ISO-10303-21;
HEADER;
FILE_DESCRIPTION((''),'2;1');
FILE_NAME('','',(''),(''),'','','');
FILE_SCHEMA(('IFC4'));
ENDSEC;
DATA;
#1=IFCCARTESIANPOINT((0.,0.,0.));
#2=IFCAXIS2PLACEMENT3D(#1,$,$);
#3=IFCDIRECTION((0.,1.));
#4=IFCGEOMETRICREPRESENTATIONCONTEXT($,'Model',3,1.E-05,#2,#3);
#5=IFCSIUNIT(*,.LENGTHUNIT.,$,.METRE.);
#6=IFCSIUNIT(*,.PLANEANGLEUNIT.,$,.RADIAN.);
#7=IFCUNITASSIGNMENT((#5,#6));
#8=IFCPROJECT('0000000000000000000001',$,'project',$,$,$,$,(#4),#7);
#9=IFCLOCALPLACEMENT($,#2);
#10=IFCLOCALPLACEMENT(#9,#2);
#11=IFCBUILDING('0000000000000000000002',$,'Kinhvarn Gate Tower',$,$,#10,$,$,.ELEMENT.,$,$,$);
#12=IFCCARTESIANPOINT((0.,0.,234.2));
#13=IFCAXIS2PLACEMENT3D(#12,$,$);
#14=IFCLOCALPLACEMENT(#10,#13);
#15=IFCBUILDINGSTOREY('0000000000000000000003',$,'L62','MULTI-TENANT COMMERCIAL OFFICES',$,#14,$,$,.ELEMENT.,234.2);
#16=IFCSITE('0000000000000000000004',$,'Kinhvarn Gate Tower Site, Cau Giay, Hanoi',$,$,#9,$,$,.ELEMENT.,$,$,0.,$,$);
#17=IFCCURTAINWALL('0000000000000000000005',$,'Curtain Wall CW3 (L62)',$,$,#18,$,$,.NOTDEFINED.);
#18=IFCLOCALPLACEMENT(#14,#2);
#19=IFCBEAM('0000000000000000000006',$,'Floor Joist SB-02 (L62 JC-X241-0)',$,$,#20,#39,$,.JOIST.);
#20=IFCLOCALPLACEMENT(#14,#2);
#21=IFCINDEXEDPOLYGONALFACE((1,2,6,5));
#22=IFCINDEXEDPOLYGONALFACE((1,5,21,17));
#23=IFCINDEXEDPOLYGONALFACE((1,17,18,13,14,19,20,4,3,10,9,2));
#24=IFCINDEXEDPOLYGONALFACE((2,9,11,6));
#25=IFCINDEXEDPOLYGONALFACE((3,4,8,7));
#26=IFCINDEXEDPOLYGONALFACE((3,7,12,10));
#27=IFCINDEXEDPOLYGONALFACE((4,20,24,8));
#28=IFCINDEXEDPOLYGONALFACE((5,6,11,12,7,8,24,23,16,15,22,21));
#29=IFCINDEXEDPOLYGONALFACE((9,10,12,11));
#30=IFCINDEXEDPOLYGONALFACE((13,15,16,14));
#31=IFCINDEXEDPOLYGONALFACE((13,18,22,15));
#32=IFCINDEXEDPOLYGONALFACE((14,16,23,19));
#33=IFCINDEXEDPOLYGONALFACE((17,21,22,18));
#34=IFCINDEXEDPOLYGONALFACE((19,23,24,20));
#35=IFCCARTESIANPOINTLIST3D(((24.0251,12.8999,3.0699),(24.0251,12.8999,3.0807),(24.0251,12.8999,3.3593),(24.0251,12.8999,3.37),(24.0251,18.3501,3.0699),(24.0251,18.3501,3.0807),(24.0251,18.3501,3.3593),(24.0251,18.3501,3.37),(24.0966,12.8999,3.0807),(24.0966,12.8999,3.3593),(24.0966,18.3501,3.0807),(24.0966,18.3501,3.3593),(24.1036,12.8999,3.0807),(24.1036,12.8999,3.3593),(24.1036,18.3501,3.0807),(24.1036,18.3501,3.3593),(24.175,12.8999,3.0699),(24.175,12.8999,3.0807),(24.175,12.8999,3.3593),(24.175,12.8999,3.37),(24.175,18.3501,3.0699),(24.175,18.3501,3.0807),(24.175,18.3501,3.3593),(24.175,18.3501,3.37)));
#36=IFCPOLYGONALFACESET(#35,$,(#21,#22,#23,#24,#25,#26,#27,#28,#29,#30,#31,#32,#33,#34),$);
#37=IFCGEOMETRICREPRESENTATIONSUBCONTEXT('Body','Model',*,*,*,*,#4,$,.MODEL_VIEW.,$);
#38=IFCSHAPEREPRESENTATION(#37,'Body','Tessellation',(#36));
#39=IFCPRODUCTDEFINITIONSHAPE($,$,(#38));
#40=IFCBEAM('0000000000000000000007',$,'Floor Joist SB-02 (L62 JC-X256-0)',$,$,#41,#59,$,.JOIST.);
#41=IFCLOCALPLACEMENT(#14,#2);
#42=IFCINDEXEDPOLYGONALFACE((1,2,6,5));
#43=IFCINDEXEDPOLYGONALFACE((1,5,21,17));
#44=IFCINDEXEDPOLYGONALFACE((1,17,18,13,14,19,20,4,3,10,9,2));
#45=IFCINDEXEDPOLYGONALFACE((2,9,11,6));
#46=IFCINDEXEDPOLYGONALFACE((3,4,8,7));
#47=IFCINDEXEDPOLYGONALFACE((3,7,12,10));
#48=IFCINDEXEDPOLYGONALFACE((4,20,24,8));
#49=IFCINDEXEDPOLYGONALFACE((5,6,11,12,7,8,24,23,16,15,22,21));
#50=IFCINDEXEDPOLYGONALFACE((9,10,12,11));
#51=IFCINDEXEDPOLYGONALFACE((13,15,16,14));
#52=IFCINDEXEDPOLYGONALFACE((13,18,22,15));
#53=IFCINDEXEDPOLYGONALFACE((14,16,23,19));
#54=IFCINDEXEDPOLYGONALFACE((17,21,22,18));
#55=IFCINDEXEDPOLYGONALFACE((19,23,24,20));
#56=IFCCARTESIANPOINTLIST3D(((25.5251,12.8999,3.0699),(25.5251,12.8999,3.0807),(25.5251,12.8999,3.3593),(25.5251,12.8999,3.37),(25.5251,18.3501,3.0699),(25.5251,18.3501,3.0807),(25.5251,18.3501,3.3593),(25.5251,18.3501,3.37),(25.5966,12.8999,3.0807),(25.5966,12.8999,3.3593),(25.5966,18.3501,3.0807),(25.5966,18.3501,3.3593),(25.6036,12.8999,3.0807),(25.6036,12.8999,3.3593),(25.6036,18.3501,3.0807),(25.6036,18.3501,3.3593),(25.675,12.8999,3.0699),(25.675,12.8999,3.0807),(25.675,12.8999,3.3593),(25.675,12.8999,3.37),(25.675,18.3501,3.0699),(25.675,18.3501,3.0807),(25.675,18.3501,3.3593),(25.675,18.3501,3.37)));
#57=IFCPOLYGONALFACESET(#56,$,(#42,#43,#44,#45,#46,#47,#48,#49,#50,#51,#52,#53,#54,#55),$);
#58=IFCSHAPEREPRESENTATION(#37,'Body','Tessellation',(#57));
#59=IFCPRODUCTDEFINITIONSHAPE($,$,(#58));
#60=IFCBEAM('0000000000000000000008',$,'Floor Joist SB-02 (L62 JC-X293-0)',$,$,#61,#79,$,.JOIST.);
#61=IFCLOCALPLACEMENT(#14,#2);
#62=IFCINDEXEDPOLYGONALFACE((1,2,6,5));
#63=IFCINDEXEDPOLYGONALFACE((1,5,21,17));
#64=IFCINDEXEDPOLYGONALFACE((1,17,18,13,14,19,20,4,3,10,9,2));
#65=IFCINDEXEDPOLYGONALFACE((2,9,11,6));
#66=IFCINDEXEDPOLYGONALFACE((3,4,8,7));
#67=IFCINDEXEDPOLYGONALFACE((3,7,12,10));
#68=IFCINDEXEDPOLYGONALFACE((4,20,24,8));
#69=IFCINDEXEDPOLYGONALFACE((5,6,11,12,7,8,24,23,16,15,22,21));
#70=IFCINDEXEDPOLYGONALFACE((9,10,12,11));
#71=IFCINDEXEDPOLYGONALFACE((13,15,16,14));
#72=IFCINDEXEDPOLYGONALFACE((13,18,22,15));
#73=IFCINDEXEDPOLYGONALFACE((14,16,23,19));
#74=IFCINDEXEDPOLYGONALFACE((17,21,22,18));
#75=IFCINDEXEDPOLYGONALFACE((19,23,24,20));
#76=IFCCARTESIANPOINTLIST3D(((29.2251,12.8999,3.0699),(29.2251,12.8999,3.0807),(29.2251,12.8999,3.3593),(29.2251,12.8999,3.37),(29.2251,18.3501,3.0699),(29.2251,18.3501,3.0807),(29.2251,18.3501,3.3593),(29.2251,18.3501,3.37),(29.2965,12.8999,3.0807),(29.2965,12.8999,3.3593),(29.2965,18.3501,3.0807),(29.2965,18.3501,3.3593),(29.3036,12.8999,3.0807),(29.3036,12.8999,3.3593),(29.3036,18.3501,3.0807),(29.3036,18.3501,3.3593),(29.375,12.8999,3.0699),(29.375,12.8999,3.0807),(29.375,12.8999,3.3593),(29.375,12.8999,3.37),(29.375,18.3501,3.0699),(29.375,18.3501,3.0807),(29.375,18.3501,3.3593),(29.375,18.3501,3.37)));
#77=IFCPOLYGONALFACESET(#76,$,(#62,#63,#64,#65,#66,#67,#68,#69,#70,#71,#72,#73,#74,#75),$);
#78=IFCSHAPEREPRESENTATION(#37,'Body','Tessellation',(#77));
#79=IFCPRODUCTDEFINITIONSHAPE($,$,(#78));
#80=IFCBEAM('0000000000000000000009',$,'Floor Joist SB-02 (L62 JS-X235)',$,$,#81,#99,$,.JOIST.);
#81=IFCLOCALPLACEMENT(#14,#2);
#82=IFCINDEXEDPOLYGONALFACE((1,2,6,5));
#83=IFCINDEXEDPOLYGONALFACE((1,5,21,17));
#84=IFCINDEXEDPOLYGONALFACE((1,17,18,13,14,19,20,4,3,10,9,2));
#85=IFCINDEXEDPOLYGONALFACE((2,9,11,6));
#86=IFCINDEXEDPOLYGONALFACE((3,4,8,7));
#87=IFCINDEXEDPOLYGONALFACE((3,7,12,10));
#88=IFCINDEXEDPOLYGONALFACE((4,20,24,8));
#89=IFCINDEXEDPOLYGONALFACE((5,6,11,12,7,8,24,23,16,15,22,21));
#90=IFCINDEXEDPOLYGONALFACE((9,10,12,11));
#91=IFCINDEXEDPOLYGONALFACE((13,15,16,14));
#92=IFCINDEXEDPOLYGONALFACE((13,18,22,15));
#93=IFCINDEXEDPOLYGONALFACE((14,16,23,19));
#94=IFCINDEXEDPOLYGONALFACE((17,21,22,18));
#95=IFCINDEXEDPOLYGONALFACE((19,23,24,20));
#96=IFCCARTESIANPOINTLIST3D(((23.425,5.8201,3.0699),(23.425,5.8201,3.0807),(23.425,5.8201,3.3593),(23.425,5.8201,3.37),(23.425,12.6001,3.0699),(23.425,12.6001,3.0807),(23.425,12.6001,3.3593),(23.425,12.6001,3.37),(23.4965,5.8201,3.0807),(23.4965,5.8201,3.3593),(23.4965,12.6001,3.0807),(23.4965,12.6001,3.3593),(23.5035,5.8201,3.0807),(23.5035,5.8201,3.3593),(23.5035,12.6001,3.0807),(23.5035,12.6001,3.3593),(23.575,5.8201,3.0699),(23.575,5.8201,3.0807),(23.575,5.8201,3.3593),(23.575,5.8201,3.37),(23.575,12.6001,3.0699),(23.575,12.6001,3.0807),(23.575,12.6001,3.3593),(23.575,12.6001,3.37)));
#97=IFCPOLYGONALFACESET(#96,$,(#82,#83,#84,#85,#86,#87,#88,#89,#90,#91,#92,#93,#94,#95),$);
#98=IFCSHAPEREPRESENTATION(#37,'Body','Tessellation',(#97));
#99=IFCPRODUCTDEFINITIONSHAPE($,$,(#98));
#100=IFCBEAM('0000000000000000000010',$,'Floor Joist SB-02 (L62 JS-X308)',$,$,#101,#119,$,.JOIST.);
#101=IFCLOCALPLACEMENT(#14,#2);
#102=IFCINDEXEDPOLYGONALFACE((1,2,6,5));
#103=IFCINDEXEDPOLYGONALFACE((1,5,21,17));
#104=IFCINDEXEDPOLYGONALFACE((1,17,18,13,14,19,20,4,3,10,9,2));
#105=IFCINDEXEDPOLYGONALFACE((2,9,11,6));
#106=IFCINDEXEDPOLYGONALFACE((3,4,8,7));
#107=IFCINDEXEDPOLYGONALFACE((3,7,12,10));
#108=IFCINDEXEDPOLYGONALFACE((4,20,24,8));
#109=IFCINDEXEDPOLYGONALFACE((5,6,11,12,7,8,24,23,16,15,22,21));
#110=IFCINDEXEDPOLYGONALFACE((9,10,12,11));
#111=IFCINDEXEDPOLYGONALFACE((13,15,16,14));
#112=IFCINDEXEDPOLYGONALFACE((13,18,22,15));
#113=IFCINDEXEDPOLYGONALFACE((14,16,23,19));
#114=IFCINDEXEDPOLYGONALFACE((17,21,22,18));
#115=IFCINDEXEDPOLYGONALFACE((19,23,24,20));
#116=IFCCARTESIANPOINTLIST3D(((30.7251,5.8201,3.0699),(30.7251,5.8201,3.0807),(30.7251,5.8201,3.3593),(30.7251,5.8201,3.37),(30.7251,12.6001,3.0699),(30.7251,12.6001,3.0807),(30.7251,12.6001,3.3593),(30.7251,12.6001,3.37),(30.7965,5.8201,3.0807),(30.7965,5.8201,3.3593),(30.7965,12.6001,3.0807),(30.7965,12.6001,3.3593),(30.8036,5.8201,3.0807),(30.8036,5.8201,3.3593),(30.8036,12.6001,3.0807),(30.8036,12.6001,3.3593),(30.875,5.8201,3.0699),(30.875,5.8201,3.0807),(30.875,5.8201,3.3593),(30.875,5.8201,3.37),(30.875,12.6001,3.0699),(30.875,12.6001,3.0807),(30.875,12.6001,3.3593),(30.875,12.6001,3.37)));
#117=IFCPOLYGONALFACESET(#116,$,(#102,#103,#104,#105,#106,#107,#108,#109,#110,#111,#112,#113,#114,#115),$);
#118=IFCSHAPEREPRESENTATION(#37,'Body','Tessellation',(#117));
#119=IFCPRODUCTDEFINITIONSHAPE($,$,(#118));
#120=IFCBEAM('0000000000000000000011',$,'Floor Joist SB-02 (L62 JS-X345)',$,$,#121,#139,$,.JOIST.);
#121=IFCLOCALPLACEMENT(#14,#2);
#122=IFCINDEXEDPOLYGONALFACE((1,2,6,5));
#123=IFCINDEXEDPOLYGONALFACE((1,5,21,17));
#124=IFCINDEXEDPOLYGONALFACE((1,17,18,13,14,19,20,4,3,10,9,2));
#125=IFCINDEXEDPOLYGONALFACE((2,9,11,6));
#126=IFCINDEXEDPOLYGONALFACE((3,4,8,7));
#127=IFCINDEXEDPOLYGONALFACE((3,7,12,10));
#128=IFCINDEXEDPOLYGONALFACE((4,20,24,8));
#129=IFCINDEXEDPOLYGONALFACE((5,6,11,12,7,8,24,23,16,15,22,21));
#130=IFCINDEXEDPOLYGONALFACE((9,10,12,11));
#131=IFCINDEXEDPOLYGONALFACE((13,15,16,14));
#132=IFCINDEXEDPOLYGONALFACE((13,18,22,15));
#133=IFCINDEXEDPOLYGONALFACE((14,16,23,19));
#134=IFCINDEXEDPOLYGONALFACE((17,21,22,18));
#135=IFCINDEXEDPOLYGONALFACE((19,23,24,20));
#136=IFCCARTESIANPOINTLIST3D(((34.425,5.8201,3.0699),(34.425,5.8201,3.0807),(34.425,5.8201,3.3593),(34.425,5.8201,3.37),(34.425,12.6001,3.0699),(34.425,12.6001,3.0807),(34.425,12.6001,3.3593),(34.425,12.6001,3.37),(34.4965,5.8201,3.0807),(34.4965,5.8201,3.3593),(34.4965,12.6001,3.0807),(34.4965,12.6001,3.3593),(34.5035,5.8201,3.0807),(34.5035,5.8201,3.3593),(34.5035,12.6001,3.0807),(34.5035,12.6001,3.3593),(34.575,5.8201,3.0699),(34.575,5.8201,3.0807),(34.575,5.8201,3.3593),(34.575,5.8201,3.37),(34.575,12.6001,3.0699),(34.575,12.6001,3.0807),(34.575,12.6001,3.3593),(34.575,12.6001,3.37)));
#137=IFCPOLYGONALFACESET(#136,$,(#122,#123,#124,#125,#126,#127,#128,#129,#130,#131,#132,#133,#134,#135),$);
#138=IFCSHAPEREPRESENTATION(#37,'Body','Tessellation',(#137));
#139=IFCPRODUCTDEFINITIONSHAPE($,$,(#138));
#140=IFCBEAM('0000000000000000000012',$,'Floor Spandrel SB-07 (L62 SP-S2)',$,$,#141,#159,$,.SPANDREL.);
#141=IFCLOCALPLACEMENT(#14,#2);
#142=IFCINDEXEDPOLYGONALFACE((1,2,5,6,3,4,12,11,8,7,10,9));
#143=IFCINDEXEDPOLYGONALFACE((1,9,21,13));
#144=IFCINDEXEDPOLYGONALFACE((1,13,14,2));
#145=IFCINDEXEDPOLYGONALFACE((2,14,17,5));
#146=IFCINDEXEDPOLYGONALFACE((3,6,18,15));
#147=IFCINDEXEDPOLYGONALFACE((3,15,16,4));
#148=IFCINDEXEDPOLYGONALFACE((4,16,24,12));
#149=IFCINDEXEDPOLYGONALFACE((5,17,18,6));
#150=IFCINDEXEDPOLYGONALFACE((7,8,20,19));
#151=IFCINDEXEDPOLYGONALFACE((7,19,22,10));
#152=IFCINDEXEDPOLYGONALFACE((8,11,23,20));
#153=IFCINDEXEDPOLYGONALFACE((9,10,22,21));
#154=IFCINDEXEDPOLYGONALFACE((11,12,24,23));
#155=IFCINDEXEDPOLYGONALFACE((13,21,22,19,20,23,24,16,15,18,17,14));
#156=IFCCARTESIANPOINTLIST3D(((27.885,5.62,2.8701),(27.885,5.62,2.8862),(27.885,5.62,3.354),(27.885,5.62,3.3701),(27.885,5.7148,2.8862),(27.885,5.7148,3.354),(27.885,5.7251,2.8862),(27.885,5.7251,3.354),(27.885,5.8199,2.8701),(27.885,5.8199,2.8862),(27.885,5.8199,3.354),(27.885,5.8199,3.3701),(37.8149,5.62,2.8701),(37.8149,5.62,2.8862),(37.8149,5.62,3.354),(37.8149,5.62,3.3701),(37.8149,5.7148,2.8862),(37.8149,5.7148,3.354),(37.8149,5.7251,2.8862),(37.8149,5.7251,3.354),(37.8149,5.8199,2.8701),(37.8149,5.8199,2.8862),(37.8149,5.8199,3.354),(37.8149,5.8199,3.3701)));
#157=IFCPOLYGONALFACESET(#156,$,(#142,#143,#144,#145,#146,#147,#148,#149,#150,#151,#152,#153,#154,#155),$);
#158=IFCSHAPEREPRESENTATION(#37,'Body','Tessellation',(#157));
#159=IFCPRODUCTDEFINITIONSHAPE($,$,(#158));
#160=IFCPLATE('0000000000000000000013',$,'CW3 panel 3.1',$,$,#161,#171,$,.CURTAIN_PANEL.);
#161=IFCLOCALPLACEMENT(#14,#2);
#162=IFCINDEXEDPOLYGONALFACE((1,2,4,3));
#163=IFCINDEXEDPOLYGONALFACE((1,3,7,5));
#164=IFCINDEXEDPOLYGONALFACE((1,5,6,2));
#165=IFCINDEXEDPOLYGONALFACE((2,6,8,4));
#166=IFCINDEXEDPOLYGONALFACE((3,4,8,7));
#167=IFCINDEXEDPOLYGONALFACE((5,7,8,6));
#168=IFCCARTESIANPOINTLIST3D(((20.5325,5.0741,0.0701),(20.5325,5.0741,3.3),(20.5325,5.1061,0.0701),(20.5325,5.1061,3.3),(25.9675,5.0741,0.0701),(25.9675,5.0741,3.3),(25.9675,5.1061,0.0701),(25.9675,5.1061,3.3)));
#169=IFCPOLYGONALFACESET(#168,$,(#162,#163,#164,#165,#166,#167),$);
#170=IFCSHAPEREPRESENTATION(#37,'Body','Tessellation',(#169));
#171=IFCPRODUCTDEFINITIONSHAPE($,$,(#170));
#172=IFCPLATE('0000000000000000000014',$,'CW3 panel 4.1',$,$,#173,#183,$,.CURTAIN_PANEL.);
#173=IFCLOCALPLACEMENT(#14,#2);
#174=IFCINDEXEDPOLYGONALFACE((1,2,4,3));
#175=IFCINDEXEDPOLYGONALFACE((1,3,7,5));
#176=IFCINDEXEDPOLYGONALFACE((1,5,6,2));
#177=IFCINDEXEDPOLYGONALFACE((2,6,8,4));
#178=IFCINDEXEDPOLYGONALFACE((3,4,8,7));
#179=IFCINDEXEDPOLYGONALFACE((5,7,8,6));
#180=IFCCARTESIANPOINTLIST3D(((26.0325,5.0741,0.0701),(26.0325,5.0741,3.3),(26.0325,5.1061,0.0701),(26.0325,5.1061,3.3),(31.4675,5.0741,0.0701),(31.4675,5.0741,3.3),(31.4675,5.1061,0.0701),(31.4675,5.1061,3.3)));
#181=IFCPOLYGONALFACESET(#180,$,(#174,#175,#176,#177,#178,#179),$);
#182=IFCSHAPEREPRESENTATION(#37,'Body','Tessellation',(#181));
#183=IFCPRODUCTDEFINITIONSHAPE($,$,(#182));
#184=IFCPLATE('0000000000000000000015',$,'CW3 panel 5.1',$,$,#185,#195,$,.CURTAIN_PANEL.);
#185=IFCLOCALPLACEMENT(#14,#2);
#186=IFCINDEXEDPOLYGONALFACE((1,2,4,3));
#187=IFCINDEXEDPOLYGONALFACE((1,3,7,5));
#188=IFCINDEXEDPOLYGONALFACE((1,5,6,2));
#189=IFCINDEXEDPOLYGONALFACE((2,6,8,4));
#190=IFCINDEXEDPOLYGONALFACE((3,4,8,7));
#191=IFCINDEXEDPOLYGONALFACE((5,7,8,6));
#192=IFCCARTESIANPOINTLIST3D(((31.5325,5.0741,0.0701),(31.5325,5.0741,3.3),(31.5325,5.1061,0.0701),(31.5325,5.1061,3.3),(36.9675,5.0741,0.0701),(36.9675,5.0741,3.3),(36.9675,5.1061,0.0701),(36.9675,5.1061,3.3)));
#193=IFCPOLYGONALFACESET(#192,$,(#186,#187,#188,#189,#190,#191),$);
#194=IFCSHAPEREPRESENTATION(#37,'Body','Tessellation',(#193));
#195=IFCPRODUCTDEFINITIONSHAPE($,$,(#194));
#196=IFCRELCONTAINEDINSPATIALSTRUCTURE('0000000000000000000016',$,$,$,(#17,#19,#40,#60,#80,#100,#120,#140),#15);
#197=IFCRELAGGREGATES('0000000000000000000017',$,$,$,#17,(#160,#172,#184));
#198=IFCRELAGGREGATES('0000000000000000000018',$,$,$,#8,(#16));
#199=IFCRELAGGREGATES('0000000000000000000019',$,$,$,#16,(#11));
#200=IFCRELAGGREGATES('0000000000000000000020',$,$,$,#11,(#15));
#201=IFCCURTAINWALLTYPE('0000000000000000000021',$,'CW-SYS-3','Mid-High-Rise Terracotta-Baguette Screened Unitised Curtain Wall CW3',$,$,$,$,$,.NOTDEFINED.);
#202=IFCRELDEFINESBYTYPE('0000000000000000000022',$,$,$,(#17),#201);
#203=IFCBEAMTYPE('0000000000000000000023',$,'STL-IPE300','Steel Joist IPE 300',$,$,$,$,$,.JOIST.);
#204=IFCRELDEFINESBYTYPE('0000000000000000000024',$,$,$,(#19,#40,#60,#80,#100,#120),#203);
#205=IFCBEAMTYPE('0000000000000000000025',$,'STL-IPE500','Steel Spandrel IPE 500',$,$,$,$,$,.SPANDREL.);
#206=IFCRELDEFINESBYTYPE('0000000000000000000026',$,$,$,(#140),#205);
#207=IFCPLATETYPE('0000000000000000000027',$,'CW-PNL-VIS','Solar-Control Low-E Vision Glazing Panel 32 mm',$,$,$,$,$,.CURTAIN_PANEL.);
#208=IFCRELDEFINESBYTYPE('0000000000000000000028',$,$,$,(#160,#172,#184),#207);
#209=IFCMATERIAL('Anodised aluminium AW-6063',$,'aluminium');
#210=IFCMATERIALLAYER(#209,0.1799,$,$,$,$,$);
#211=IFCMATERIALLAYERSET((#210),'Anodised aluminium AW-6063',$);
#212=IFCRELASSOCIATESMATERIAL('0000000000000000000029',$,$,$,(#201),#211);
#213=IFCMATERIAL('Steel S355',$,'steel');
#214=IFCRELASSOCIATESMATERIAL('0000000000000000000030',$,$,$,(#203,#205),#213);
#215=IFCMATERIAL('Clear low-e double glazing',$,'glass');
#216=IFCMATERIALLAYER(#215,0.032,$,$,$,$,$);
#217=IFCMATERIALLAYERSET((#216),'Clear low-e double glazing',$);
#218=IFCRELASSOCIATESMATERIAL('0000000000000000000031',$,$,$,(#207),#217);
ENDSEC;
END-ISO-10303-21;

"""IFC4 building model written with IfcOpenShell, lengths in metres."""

from ifc_helpers import new_model, si_unit, direction, frame, origin, origin_2d, place, context, subcontext, project, spatial, rectangle, i_section, extrude, material, layer, layer_set, material_profile, profile_set, type_object, element, aggregate, save


model = new_model("IFC4")

# Units and contexts
model_context = context("Model", 3, precision=1e-05, world=origin(), true_north=direction((0.0, 1.0)))
body_context = subcontext(model_context, "Body", "Model", "MODEL_VIEW")
ifc_project = project(units=[si_unit("LENGTHUNIT", "METRE"), si_unit("PLANEANGLEUNIT", "RADIAN")], contexts=[model_context])

# Site, building, storey
site_placement = place(None, origin())
site = spatial("IfcSite", under=ifc_project, at=site_placement, Name="Kinhvarn Gate Tower Site, Cau Giay, Hanoi", CompositionType="ELEMENT", RefElevation=0.0)
building_placement = place(site_placement, origin())
building = spatial("IfcBuilding", under=site, at=building_placement, Name="Kinhvarn Gate Tower", CompositionType="ELEMENT")
storey_placement = place(building_placement, frame((0.0, 0.0, 234.2)))
storey = spatial("IfcBuildingStorey", under=building, at=storey_placement, Name="L62", Description="MULTI-TENANT COMMERCIAL OFFICES", CompositionType="ELEMENT", Elevation=234.2)

# Curtain wall
ifc_material_1 = material(Name="Anodised aluminium AW-6063", Category="aluminium")
ifc_layer_1 = layer(ifc_material_1, 0.1799)
ifc_layer_set_1 = layer_set([ifc_layer_1], Name="Anodised aluminium AW-6063")
curtain_wall_type = type_object("IfcCurtainWallType", Name="CW-SYS-3", Description="Mid-High-Rise Terracotta-Baguette Screened Unitised Curtain Wall CW3", PredefinedType="NOTDEFINED", material=ifc_layer_set_1)
curtain_wall_placement = place(storey_placement, origin())
curtain_wall = element("IfcCurtainWall", 1, at=curtain_wall_placement, inside=storey, type_object=curtain_wall_type, Name="Curtain Wall CW3 (L62)", PredefinedType="NOTDEFINED")

# Beams
ifc_material_2 = material(Name="Steel S355", Category="steel")
ifc_material_profile_1 = material_profile(ifc_material_2, i_section(OverallWidth=0.1499, OverallDepth=0.3, WebThickness=0.0071, FlangeThickness=0.0107, at=origin_2d()), Name="IPE 300")
ifc_profile_set_1 = profile_set([ifc_material_profile_1], Name="Steel S355")
beam_type_1 = type_object("IfcBeamType", Name="STL-IPE300", Description="Steel Joist IPE 300", PredefinedType="JOIST", material=ifc_profile_set_1)
for number, where, z_axis, x_axis, name in (
    (2, (24.1001, 12.8999, 3.22), (0.0, 1.0, 0.0), (-1.0, 0.0, 0.0), "Floor Joist SB-02 (L62 JC-X241-0)"),
    (3, (25.6001, 12.8999, 3.22), (0.0, 1.0, 0.0), (-1.0, 0.0, 0.0), "Floor Joist SB-02 (L62 JC-X256-0)"),
    (4, (29.3, 12.8999, 3.22), (0.0, 1.0, 0.0), (-1.0, 0.0, 0.0), "Floor Joist SB-02 (L62 JC-X293-0)"),
):
    element("IfcBeam", number, at=place(storey_placement, frame(where, z_axis=z_axis, x_axis=x_axis)), inside=storey, type_object=beam_type_1, Name=name, PredefinedType="JOIST", context=body_context, shape_type="SweptSolid", body=[
        extrude(i_section(OverallWidth=0.1499, OverallDepth=0.3, WebThickness=0.0071, FlangeThickness=0.0107, at=origin_2d()), origin(), (0.0, 0.0, 1.0), 5.4502),
    ])
for number, where, z_axis, x_axis, name in (
    (5, (23.5, 5.8201, 3.22), (0.0, 1.0, 0.0), (-1.0, 0.0, 0.0), "Floor Joist SB-02 (L62 JS-X235)"),
    (6, (30.8, 5.8201, 3.22), (0.0, 1.0, 0.0), (-1.0, 0.0, 0.0), "Floor Joist SB-02 (L62 JS-X308)"),
    (7, (34.5, 5.8201, 3.22), (0.0, 1.0, 0.0), (-1.0, 0.0, 0.0), "Floor Joist SB-02 (L62 JS-X345)"),
):
    element("IfcBeam", number, at=place(storey_placement, frame(where, z_axis=z_axis, x_axis=x_axis)), inside=storey, type_object=beam_type_1, Name=name, PredefinedType="JOIST", context=body_context, shape_type="SweptSolid", body=[
        extrude(i_section(OverallWidth=0.1499, OverallDepth=0.3, WebThickness=0.0071, FlangeThickness=0.0107, at=origin_2d()), origin(), (0.0, 0.0, 1.0), 6.78),
    ])
ifc_material_profile_2 = material_profile(ifc_material_2, i_section(OverallWidth=0.2, OverallDepth=0.5, WebThickness=0.0103, FlangeThickness=0.0161, at=origin_2d()), Name="IPE 500")
ifc_profile_set_2 = profile_set([ifc_material_profile_2], Name="Steel S355")
beam_type_2 = type_object("IfcBeamType", Name="STL-IPE500", Description="Steel Spandrel IPE 500", PredefinedType="SPANDREL", material=ifc_profile_set_2)
beam_1_placement = place(storey_placement, frame((27.885, 5.72, 3.1201), z_axis=(1.0, 0.0, 0.0), x_axis=(0.0, 1.0, 0.0)))
element("IfcBeam", 8, at=beam_1_placement, inside=storey, type_object=beam_type_2, Name="Floor Spandrel SB-07 (L62 SP-S2)", PredefinedType="SPANDREL", context=body_context, shape_type="SweptSolid", body=[
    extrude(i_section(OverallWidth=0.2, OverallDepth=0.5, WebThickness=0.0103, FlangeThickness=0.0161, at=origin_2d()), origin(), (0.0, 0.0, 1.0), 9.9299),
])

# Plates
ifc_material_3 = material(Name="Clear low-e double glazing", Category="glass")
ifc_layer_2 = layer(ifc_material_3, 0.032)
ifc_layer_set_2 = layer_set([ifc_layer_2], Name="Clear low-e double glazing")
plate_type = type_object("IfcPlateType", Name="CW-PNL-VIS", Description="Solar-Control Low-E Vision Glazing Panel 32 mm", PredefinedType="CURTAIN_PANEL", material=ifc_layer_set_2)
plate_1_placement = place(storey_placement, frame((23.25, 5.0901, 0.0701), z_axis=(0.0, 0.0, 1.0), x_axis=(1.0, 0.0, 0.0)))
plate_1 = element("IfcPlate", 9, at=plate_1_placement, type_object=plate_type, Name="CW3 panel 3.1", PredefinedType="CURTAIN_PANEL", context=body_context, shape_type="SweptSolid", body=[
    extrude(rectangle(XDim=5.4351, YDim=0.032, at=origin_2d()), origin(), (0.0, 0.0, 1.0), 3.23),
])
plate_2_placement = place(storey_placement, frame((28.75, 5.0901, 0.0701), z_axis=(0.0, 0.0, 1.0), x_axis=(1.0, 0.0, 0.0)))
plate_2 = element("IfcPlate", 10, at=plate_2_placement, type_object=plate_type, Name="CW3 panel 4.1", PredefinedType="CURTAIN_PANEL", context=body_context, shape_type="SweptSolid", body=[
    extrude(rectangle(XDim=5.4351, YDim=0.032, at=origin_2d()), origin(), (0.0, 0.0, 1.0), 3.23),
])
plate_3_placement = place(storey_placement, frame((34.25, 5.0901, 0.0701), z_axis=(0.0, 0.0, 1.0), x_axis=(1.0, 0.0, 0.0)))
plate_3 = element("IfcPlate", 11, at=plate_3_placement, type_object=plate_type, Name="CW3 panel 5.1", PredefinedType="CURTAIN_PANEL", context=body_context, shape_type="SweptSolid", body=[
    extrude(rectangle(XDim=5.4351, YDim=0.032, at=origin_2d()), origin(), (0.0, 0.0, 1.0), 3.23),
])
aggregate(curtain_wall, [plate_1, plate_2, plate_3])

save(model, "model.ifc")
